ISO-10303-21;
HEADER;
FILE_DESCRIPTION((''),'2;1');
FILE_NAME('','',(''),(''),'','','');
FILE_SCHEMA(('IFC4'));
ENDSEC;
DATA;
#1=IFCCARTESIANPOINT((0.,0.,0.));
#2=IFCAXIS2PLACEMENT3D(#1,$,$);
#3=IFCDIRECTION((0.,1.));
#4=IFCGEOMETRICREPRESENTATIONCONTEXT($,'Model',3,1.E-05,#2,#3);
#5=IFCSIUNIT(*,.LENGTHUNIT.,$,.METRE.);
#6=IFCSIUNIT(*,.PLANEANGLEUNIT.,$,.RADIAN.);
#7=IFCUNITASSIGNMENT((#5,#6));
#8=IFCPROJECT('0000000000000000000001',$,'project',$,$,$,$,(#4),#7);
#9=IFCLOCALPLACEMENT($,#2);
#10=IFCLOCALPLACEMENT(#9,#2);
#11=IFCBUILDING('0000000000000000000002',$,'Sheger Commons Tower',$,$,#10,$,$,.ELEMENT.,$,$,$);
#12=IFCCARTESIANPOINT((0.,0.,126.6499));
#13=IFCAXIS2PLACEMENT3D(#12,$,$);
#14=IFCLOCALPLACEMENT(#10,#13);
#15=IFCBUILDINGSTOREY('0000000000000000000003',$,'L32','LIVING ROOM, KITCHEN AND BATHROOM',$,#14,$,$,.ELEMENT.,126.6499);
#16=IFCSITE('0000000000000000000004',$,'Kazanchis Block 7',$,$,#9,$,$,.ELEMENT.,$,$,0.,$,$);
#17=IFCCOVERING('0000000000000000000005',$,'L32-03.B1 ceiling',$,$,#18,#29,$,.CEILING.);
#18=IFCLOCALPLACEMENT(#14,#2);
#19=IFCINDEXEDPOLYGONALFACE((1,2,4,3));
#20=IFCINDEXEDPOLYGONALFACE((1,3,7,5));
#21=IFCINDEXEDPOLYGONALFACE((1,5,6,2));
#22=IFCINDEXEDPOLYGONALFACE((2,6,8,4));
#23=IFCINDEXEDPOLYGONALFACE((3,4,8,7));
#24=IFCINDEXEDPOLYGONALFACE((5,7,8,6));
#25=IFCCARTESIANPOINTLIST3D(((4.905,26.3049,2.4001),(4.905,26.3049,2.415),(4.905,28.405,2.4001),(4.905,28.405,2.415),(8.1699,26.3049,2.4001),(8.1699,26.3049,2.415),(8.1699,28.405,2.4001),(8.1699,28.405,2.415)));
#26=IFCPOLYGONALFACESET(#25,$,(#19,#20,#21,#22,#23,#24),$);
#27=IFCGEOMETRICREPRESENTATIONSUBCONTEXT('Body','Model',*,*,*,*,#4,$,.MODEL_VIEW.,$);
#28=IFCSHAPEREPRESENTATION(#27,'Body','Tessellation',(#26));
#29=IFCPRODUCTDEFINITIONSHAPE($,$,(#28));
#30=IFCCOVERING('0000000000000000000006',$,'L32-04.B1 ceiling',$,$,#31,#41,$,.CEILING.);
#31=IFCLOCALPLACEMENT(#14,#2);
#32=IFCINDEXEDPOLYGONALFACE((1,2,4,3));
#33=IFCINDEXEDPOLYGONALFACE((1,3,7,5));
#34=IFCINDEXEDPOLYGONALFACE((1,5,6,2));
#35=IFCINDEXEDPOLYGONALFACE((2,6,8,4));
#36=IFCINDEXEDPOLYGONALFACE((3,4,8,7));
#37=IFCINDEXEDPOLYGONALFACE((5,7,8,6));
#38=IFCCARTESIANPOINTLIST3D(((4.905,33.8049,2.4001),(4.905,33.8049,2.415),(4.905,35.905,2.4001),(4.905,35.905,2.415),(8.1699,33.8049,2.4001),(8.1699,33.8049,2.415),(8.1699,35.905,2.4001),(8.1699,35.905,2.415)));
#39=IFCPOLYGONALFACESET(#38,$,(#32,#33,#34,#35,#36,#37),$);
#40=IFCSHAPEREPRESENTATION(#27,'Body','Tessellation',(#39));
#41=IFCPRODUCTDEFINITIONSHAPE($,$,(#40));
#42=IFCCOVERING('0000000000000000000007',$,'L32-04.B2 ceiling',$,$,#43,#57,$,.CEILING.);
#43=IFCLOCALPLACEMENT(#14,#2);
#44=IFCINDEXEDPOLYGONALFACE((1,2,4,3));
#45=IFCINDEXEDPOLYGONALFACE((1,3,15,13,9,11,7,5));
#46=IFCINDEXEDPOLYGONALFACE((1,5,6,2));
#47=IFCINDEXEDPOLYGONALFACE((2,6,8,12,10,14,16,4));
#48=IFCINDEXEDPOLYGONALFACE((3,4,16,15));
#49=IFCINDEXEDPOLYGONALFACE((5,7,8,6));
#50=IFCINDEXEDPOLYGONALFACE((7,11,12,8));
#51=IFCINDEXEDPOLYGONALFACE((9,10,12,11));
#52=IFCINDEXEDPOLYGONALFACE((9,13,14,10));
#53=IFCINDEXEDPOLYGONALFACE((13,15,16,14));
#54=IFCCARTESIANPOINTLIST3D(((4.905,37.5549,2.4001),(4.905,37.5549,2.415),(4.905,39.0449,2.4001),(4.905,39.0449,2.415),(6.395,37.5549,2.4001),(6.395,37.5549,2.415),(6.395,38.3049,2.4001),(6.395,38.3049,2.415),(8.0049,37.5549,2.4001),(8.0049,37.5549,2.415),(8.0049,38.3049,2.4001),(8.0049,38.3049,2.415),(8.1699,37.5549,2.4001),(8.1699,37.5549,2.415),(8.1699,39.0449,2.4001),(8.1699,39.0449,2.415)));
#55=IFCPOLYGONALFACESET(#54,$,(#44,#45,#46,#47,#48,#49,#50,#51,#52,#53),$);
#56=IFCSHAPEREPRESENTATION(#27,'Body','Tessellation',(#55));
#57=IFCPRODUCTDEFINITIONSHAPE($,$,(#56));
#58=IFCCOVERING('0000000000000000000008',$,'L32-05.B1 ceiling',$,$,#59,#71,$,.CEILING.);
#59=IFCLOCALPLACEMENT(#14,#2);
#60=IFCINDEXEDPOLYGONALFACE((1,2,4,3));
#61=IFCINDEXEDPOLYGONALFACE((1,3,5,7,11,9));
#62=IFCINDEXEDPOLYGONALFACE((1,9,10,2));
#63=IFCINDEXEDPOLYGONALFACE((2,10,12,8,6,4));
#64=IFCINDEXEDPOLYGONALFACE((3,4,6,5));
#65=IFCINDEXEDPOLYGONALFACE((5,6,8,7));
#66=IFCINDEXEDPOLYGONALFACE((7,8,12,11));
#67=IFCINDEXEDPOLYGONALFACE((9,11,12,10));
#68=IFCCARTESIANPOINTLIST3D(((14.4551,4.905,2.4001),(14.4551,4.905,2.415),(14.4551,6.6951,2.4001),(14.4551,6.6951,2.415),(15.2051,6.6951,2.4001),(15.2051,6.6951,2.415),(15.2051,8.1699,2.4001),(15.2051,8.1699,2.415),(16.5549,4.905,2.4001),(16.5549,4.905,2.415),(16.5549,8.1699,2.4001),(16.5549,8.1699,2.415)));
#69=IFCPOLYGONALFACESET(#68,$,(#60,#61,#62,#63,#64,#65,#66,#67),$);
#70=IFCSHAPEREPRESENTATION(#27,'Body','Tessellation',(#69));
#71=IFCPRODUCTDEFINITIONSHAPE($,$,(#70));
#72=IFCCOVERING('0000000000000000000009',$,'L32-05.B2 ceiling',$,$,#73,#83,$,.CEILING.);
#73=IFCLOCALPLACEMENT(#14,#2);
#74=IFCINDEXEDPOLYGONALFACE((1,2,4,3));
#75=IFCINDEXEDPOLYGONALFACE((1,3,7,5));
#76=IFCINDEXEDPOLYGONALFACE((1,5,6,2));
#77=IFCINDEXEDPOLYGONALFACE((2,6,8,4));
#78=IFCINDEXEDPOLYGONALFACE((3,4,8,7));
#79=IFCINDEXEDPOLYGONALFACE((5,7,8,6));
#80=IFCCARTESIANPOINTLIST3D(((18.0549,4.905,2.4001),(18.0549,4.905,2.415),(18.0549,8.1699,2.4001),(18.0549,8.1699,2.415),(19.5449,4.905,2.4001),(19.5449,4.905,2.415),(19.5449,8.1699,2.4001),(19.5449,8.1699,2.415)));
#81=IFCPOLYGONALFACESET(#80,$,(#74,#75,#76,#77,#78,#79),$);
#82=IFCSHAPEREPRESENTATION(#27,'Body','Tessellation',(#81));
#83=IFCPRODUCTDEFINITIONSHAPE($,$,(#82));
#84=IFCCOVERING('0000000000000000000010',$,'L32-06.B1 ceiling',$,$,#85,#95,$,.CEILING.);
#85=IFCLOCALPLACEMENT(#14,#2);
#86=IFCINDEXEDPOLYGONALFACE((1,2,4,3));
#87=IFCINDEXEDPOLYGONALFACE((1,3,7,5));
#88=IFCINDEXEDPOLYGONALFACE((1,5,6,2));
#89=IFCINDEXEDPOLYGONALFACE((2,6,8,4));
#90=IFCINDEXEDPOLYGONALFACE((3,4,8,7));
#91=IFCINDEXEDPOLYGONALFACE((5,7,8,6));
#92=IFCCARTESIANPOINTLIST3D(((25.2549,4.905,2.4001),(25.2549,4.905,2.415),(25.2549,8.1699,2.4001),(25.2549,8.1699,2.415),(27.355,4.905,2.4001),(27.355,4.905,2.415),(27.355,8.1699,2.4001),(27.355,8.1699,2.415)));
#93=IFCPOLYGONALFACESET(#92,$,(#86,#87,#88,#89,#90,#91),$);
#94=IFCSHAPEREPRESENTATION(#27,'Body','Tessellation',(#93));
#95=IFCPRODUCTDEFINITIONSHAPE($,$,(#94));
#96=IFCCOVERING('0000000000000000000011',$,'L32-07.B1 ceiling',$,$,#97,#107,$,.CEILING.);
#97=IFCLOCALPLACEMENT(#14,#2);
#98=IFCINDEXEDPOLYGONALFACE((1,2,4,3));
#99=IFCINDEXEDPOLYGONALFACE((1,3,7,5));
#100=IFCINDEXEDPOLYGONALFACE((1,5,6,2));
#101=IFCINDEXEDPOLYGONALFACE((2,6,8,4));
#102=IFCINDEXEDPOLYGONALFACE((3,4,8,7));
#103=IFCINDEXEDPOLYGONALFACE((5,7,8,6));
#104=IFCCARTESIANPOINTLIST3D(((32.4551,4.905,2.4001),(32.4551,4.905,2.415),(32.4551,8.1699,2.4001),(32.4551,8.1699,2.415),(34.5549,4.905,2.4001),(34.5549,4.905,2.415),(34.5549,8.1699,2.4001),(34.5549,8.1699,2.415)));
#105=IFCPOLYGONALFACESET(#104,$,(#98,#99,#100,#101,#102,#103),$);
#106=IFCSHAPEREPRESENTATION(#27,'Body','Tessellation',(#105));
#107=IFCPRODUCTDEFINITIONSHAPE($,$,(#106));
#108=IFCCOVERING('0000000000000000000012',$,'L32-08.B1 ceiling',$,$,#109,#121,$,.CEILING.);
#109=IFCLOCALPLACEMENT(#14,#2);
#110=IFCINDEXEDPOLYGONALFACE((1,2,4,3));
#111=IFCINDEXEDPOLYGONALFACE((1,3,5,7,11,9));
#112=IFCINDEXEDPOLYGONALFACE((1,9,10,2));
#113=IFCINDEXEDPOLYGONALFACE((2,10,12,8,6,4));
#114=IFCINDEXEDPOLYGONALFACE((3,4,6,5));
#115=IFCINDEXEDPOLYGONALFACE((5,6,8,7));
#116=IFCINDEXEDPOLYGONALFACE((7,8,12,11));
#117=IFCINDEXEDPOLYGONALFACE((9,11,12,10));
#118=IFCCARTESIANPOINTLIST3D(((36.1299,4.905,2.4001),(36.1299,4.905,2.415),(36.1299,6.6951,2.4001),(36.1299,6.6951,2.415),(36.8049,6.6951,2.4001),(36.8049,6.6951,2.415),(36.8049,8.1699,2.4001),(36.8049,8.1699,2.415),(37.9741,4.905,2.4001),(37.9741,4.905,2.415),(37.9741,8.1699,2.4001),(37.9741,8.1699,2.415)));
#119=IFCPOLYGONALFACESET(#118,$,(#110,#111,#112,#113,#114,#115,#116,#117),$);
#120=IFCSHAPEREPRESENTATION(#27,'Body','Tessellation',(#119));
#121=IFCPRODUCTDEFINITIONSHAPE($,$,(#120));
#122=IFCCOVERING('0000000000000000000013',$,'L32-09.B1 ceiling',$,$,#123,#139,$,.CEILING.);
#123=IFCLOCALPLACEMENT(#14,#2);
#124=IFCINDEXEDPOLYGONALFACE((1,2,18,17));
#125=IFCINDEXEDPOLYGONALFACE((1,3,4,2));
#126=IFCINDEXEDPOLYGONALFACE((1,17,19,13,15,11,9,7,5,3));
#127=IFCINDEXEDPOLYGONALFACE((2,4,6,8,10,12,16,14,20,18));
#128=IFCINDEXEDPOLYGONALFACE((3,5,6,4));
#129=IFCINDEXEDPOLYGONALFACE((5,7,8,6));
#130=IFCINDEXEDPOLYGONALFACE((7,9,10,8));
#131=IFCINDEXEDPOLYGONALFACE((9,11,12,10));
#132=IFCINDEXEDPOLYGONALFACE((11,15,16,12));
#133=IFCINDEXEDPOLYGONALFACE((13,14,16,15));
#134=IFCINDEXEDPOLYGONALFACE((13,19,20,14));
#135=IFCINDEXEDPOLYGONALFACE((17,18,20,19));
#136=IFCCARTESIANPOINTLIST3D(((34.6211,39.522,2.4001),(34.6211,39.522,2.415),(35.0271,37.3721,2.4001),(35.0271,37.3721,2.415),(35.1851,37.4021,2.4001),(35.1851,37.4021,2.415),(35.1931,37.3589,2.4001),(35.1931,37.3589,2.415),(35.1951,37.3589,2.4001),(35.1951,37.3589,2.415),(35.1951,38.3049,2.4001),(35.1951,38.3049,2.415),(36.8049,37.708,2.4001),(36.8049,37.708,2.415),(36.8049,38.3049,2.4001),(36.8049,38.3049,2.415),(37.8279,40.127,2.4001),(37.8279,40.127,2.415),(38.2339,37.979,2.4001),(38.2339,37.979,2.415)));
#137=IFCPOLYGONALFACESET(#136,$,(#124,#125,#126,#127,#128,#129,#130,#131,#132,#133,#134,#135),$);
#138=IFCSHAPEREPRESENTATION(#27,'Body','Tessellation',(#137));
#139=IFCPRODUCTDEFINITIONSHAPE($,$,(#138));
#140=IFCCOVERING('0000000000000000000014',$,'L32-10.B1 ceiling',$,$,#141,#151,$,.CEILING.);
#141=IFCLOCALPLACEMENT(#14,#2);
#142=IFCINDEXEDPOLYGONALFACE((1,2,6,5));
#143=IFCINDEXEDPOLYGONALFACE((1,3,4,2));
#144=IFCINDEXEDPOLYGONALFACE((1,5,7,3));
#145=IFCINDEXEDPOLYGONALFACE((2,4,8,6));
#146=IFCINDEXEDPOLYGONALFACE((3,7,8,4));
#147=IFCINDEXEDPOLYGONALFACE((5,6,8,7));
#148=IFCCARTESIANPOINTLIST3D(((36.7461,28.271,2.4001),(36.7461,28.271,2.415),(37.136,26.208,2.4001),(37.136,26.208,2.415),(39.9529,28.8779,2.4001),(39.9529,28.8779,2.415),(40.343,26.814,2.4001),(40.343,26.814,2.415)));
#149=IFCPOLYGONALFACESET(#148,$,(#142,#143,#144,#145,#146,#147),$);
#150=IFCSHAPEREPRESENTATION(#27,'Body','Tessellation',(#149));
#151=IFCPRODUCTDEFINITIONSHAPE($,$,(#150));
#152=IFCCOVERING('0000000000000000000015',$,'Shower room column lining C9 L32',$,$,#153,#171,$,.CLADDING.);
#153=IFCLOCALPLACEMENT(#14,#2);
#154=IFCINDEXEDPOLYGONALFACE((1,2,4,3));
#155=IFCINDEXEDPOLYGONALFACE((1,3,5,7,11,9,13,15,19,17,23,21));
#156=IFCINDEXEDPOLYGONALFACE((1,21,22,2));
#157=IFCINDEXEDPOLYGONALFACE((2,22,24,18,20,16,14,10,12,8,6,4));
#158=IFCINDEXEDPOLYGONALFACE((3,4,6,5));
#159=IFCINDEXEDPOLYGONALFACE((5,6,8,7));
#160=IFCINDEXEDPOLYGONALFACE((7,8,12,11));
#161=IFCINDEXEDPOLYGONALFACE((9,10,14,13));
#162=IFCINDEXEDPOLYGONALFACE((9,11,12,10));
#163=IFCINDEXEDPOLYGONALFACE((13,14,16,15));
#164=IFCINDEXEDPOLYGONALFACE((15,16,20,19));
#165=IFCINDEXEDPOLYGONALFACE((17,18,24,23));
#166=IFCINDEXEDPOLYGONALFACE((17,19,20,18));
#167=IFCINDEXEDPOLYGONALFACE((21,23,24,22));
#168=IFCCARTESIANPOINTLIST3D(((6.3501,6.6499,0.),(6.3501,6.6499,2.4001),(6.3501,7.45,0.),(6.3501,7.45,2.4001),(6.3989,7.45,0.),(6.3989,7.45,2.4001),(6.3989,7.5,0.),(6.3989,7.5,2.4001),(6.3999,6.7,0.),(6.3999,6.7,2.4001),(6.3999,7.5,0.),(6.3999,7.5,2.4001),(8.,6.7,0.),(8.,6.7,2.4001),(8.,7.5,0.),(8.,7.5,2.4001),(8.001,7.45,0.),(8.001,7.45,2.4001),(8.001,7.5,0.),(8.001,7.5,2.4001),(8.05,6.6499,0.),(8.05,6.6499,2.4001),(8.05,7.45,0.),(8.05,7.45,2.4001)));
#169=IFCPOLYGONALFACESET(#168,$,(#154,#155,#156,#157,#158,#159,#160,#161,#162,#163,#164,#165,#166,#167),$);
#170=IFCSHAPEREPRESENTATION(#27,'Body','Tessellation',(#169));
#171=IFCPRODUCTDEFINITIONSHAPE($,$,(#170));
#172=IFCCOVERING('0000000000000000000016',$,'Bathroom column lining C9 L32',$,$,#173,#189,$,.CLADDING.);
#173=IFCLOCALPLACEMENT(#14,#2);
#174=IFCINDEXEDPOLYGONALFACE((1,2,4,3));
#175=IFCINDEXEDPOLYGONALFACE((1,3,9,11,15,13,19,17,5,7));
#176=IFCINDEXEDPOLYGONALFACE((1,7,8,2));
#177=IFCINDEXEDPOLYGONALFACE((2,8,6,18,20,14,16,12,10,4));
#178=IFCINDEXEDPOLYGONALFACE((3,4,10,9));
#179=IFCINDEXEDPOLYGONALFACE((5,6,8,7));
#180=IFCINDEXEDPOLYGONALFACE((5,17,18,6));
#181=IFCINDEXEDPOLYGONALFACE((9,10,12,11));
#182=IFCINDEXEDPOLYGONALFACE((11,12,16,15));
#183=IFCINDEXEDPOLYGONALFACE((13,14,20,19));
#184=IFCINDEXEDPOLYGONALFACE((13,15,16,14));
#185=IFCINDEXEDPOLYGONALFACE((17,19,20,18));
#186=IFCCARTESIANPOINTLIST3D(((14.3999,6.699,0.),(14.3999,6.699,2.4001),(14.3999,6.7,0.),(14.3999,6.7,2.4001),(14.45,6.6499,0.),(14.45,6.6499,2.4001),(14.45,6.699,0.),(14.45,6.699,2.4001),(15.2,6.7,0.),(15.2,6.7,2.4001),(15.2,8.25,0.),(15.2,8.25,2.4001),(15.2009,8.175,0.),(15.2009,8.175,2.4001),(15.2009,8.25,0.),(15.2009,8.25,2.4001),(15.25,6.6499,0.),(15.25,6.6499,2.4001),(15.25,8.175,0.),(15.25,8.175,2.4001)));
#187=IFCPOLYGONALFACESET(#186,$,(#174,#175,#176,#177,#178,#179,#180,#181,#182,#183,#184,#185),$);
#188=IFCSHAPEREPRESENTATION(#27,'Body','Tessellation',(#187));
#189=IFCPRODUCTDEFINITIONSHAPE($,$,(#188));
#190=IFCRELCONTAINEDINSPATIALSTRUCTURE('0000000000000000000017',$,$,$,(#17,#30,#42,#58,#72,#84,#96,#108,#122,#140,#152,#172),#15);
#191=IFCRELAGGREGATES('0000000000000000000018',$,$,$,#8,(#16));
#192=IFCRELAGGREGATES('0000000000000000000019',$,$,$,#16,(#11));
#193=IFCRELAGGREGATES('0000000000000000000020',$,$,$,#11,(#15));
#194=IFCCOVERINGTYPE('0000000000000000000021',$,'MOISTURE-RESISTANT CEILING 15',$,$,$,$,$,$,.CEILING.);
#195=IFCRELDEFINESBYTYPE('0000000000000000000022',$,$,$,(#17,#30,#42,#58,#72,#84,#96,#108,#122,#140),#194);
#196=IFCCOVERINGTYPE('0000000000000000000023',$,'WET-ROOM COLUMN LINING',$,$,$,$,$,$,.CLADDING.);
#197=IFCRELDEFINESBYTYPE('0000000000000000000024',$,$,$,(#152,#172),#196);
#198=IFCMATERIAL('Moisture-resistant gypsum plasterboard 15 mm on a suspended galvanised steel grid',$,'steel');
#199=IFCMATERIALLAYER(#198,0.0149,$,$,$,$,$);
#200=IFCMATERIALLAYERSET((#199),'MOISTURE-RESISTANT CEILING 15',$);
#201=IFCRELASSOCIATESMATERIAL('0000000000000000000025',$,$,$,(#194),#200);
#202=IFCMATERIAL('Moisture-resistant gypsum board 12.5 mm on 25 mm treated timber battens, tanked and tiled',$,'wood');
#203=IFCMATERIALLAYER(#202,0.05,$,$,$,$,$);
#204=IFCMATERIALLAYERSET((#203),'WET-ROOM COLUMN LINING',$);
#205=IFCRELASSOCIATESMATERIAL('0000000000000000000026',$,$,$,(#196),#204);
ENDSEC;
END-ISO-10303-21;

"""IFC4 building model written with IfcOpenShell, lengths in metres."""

from ifc_helpers import new_model, si_unit, direction, frame, origin, place, context, subcontext, project, spatial, polyline, outline, extrude, material, layer, layer_set, type_object, element, save


model = new_model("IFC4")

# Units and contexts
model_context = context("Model", 3, precision=1e-05, world=origin(), true_north=direction((0.0, 1.0)))
body_context = subcontext(model_context, "Body", "Model", "MODEL_VIEW")
ifc_project = project(units=[si_unit("LENGTHUNIT", "METRE"), si_unit("PLANEANGLEUNIT", "RADIAN")], contexts=[model_context])

# Site, building, storey
site_placement = place(None, origin())
site = spatial("IfcSite", under=ifc_project, at=site_placement, Name="Kazanchis Block 7", CompositionType="ELEMENT", RefElevation=0.0)
building_placement = place(site_placement, origin())
building = spatial("IfcBuilding", under=site, at=building_placement, Name="Sheger Commons Tower", CompositionType="ELEMENT")
storey_placement = place(building_placement, frame((0.0, 0.0, 126.6499)))
storey = spatial("IfcBuildingStorey", under=building, at=storey_placement, Name="L32", Description="LIVING ROOM, KITCHEN AND BATHROOM", CompositionType="ELEMENT", Elevation=126.6499)

# Coverings
ifc_material_1 = material(Name="Moisture-resistant gypsum plasterboard 15 mm on a suspended galvanised steel grid", Category="steel")
ifc_layer_1 = layer(ifc_material_1, 0.0149)
ifc_layer_set_1 = layer_set([ifc_layer_1], Name="MOISTURE-RESISTANT CEILING 15")
covering_type_1 = type_object("IfcCoveringType", Name="MOISTURE-RESISTANT CEILING 15", PredefinedType="CEILING", material=ifc_layer_set_1)
covering_1_placement = place(storey_placement, frame((0.0, 0.0, 2.4001)))
element("IfcCovering", 1, at=covering_1_placement, inside=storey, type_object=covering_type_1, Name="L32-03.B1 ceiling", PredefinedType="CEILING", context=body_context, shape_type="SweptSolid", body=[
    extrude(outline(polyline([(4.905, 26.3049), (8.1699, 26.3049), (8.1699, 28.405), (4.905, 28.405), (4.905, 26.3049)])), origin(), (0.0, 0.0, 1.0), 0.0149),
])
covering_2_placement = place(storey_placement, frame((0.0, 0.0, 2.4001)))
element("IfcCovering", 2, at=covering_2_placement, inside=storey, type_object=covering_type_1, Name="L32-04.B1 ceiling", PredefinedType="CEILING", context=body_context, shape_type="SweptSolid", body=[
    extrude(outline(polyline([(4.905, 33.8049), (8.1699, 33.8049), (8.1699, 35.905), (4.905, 35.905), (4.905, 33.8049)])), origin(), (0.0, 0.0, 1.0), 0.0149),
])
covering_3_placement = place(storey_placement, frame((0.0, 0.0, 2.4001)))
element("IfcCovering", 3, at=covering_3_placement, inside=storey, type_object=covering_type_1, Name="L32-04.B2 ceiling", PredefinedType="CEILING", context=body_context, shape_type="SweptSolid", body=[
    extrude(outline(polyline([(4.905, 37.5549), (6.395, 37.5549), (6.395, 38.3049), (8.0049, 38.3049), (8.0049, 37.5549), (8.1699, 37.5549), (8.1699, 39.0449), (4.905, 39.0449), (4.905, 37.5549)])), origin(), (0.0, 0.0, 1.0), 0.0149),
])
covering_4_placement = place(storey_placement, frame((0.0, 0.0, 2.4001)))
element("IfcCovering", 4, at=covering_4_placement, inside=storey, type_object=covering_type_1, Name="L32-05.B1 ceiling", PredefinedType="CEILING", context=body_context, shape_type="SweptSolid", body=[
    extrude(outline(polyline([(14.4551, 4.905), (16.5549, 4.905), (16.5549, 8.1699), (15.2051, 8.1699), (15.2051, 6.6951), (14.4551, 6.6951), (14.4551, 4.905)])), origin(), (0.0, 0.0, 1.0), 0.0149),
])
covering_5_placement = place(storey_placement, frame((0.0, 0.0, 2.4001)))
element("IfcCovering", 5, at=covering_5_placement, inside=storey, type_object=covering_type_1, Name="L32-05.B2 ceiling", PredefinedType="CEILING", context=body_context, shape_type="SweptSolid", body=[
    extrude(outline(polyline([(18.0549, 4.905), (19.5449, 4.905), (19.5449, 8.1699), (18.0549, 8.1699), (18.0549, 4.905)])), origin(), (0.0, 0.0, 1.0), 0.0149),
])
covering_6_placement = place(storey_placement, frame((0.0, 0.0, 2.4001)))
element("IfcCovering", 6, at=covering_6_placement, inside=storey, type_object=covering_type_1, Name="L32-06.B1 ceiling", PredefinedType="CEILING", context=body_context, shape_type="SweptSolid", body=[
    extrude(outline(polyline([(25.2549, 4.905), (27.355, 4.905), (27.355, 8.1699), (25.2549, 8.1699), (25.2549, 4.905)])), origin(), (0.0, 0.0, 1.0), 0.0149),
])
covering_7_placement = place(storey_placement, frame((0.0, 0.0, 2.4001)))
element("IfcCovering", 7, at=covering_7_placement, inside=storey, type_object=covering_type_1, Name="L32-07.B1 ceiling", PredefinedType="CEILING", context=body_context, shape_type="SweptSolid", body=[
    extrude(outline(polyline([(32.4551, 4.905), (34.5549, 4.905), (34.5549, 8.1699), (32.4551, 8.1699), (32.4551, 4.905)])), origin(), (0.0, 0.0, 1.0), 0.0149),
])
covering_8_placement = place(storey_placement, frame((0.0, 0.0, 2.4001)))
element("IfcCovering", 8, at=covering_8_placement, inside=storey, type_object=covering_type_1, Name="L32-08.B1 ceiling", PredefinedType="CEILING", context=body_context, shape_type="SweptSolid", body=[
    extrude(outline(polyline([(36.1299, 4.905), (37.9741, 4.905), (37.9741, 8.1699), (36.8049, 8.1699), (36.8049, 6.6951), (36.1299, 6.6951), (36.1299, 4.905)])), origin(), (0.0, 0.0, 1.0), 0.0149),
])
covering_9_placement = place(storey_placement, frame((0.0, 0.0, 2.4001)))
element("IfcCovering", 9, at=covering_9_placement, inside=storey, type_object=covering_type_1, Name="L32-09.B1 ceiling", PredefinedType="CEILING", context=body_context, shape_type="SweptSolid", body=[
    extrude(outline(polyline([(35.1931, 37.3589), (35.1951, 37.3589), (35.1951, 38.3049), (36.8049, 38.3049), (36.8049, 37.708), (38.2339, 37.979), (37.8279, 40.127), (34.6211, 39.522), (35.0271, 37.3721), (35.1851, 37.4021), (35.1931, 37.3589)])), origin(), (0.0, 0.0, 1.0), 0.0149),
])
covering_10_placement = place(storey_placement, frame((0.0, 0.0, 2.4001)))
element("IfcCovering", 10, at=covering_10_placement, inside=storey, type_object=covering_type_1, Name="L32-10.B1 ceiling", PredefinedType="CEILING", context=body_context, shape_type="SweptSolid", body=[
    extrude(outline(polyline([(37.136, 26.208), (40.343, 26.814), (39.9529, 28.8779), (36.7461, 28.271), (37.136, 26.208)])), origin(), (0.0, 0.0, 1.0), 0.0149),
])
ifc_material_2 = material(Name="Moisture-resistant gypsum board 12.5 mm on 25 mm treated timber battens, tanked and tiled", Category="wood")
ifc_layer_2 = layer(ifc_material_2, 0.05)
ifc_layer_set_2 = layer_set([ifc_layer_2], Name="WET-ROOM COLUMN LINING")
covering_type_2 = type_object("IfcCoveringType", Name="WET-ROOM COLUMN LINING", PredefinedType="CLADDING", material=ifc_layer_set_2)
covering_11_placement = place(storey_placement, origin())
element("IfcCovering", 11, at=covering_11_placement, inside=storey, type_object=covering_type_2, Name="Shower room column lining C9 L32", PredefinedType="CLADDING", context=body_context, shape_type="SweptSolid", body=[
    extrude(outline(polyline([(6.3999, 7.5), (6.3999, 6.7), (8.0, 6.7), (8.0, 7.5), (8.001, 7.5), (8.001, 7.45), (8.05, 7.45), (8.05, 6.6499), (6.3501, 6.6499), (6.3501, 7.45), (6.3989, 7.45), (6.3989, 7.5), (6.3999, 7.5)])), origin(), (0.0, 0.0, 1.0), 2.4001),
])
covering_12_placement = place(storey_placement, origin())
element("IfcCovering", 12, at=covering_12_placement, inside=storey, type_object=covering_type_2, Name="Bathroom column lining C9 L32", PredefinedType="CLADDING", context=body_context, shape_type="SweptSolid", body=[
    extrude(outline(polyline([(14.45, 6.6499), (14.45, 6.699), (14.3999, 6.699), (14.3999, 6.7), (15.2, 6.7), (15.2, 8.25), (15.2009, 8.25), (15.2009, 8.175), (15.25, 8.175), (15.25, 6.6499), (14.45, 6.6499)])), origin(), (0.0, 0.0, 1.0), 2.4001),
])

save(model, "model.ifc")
